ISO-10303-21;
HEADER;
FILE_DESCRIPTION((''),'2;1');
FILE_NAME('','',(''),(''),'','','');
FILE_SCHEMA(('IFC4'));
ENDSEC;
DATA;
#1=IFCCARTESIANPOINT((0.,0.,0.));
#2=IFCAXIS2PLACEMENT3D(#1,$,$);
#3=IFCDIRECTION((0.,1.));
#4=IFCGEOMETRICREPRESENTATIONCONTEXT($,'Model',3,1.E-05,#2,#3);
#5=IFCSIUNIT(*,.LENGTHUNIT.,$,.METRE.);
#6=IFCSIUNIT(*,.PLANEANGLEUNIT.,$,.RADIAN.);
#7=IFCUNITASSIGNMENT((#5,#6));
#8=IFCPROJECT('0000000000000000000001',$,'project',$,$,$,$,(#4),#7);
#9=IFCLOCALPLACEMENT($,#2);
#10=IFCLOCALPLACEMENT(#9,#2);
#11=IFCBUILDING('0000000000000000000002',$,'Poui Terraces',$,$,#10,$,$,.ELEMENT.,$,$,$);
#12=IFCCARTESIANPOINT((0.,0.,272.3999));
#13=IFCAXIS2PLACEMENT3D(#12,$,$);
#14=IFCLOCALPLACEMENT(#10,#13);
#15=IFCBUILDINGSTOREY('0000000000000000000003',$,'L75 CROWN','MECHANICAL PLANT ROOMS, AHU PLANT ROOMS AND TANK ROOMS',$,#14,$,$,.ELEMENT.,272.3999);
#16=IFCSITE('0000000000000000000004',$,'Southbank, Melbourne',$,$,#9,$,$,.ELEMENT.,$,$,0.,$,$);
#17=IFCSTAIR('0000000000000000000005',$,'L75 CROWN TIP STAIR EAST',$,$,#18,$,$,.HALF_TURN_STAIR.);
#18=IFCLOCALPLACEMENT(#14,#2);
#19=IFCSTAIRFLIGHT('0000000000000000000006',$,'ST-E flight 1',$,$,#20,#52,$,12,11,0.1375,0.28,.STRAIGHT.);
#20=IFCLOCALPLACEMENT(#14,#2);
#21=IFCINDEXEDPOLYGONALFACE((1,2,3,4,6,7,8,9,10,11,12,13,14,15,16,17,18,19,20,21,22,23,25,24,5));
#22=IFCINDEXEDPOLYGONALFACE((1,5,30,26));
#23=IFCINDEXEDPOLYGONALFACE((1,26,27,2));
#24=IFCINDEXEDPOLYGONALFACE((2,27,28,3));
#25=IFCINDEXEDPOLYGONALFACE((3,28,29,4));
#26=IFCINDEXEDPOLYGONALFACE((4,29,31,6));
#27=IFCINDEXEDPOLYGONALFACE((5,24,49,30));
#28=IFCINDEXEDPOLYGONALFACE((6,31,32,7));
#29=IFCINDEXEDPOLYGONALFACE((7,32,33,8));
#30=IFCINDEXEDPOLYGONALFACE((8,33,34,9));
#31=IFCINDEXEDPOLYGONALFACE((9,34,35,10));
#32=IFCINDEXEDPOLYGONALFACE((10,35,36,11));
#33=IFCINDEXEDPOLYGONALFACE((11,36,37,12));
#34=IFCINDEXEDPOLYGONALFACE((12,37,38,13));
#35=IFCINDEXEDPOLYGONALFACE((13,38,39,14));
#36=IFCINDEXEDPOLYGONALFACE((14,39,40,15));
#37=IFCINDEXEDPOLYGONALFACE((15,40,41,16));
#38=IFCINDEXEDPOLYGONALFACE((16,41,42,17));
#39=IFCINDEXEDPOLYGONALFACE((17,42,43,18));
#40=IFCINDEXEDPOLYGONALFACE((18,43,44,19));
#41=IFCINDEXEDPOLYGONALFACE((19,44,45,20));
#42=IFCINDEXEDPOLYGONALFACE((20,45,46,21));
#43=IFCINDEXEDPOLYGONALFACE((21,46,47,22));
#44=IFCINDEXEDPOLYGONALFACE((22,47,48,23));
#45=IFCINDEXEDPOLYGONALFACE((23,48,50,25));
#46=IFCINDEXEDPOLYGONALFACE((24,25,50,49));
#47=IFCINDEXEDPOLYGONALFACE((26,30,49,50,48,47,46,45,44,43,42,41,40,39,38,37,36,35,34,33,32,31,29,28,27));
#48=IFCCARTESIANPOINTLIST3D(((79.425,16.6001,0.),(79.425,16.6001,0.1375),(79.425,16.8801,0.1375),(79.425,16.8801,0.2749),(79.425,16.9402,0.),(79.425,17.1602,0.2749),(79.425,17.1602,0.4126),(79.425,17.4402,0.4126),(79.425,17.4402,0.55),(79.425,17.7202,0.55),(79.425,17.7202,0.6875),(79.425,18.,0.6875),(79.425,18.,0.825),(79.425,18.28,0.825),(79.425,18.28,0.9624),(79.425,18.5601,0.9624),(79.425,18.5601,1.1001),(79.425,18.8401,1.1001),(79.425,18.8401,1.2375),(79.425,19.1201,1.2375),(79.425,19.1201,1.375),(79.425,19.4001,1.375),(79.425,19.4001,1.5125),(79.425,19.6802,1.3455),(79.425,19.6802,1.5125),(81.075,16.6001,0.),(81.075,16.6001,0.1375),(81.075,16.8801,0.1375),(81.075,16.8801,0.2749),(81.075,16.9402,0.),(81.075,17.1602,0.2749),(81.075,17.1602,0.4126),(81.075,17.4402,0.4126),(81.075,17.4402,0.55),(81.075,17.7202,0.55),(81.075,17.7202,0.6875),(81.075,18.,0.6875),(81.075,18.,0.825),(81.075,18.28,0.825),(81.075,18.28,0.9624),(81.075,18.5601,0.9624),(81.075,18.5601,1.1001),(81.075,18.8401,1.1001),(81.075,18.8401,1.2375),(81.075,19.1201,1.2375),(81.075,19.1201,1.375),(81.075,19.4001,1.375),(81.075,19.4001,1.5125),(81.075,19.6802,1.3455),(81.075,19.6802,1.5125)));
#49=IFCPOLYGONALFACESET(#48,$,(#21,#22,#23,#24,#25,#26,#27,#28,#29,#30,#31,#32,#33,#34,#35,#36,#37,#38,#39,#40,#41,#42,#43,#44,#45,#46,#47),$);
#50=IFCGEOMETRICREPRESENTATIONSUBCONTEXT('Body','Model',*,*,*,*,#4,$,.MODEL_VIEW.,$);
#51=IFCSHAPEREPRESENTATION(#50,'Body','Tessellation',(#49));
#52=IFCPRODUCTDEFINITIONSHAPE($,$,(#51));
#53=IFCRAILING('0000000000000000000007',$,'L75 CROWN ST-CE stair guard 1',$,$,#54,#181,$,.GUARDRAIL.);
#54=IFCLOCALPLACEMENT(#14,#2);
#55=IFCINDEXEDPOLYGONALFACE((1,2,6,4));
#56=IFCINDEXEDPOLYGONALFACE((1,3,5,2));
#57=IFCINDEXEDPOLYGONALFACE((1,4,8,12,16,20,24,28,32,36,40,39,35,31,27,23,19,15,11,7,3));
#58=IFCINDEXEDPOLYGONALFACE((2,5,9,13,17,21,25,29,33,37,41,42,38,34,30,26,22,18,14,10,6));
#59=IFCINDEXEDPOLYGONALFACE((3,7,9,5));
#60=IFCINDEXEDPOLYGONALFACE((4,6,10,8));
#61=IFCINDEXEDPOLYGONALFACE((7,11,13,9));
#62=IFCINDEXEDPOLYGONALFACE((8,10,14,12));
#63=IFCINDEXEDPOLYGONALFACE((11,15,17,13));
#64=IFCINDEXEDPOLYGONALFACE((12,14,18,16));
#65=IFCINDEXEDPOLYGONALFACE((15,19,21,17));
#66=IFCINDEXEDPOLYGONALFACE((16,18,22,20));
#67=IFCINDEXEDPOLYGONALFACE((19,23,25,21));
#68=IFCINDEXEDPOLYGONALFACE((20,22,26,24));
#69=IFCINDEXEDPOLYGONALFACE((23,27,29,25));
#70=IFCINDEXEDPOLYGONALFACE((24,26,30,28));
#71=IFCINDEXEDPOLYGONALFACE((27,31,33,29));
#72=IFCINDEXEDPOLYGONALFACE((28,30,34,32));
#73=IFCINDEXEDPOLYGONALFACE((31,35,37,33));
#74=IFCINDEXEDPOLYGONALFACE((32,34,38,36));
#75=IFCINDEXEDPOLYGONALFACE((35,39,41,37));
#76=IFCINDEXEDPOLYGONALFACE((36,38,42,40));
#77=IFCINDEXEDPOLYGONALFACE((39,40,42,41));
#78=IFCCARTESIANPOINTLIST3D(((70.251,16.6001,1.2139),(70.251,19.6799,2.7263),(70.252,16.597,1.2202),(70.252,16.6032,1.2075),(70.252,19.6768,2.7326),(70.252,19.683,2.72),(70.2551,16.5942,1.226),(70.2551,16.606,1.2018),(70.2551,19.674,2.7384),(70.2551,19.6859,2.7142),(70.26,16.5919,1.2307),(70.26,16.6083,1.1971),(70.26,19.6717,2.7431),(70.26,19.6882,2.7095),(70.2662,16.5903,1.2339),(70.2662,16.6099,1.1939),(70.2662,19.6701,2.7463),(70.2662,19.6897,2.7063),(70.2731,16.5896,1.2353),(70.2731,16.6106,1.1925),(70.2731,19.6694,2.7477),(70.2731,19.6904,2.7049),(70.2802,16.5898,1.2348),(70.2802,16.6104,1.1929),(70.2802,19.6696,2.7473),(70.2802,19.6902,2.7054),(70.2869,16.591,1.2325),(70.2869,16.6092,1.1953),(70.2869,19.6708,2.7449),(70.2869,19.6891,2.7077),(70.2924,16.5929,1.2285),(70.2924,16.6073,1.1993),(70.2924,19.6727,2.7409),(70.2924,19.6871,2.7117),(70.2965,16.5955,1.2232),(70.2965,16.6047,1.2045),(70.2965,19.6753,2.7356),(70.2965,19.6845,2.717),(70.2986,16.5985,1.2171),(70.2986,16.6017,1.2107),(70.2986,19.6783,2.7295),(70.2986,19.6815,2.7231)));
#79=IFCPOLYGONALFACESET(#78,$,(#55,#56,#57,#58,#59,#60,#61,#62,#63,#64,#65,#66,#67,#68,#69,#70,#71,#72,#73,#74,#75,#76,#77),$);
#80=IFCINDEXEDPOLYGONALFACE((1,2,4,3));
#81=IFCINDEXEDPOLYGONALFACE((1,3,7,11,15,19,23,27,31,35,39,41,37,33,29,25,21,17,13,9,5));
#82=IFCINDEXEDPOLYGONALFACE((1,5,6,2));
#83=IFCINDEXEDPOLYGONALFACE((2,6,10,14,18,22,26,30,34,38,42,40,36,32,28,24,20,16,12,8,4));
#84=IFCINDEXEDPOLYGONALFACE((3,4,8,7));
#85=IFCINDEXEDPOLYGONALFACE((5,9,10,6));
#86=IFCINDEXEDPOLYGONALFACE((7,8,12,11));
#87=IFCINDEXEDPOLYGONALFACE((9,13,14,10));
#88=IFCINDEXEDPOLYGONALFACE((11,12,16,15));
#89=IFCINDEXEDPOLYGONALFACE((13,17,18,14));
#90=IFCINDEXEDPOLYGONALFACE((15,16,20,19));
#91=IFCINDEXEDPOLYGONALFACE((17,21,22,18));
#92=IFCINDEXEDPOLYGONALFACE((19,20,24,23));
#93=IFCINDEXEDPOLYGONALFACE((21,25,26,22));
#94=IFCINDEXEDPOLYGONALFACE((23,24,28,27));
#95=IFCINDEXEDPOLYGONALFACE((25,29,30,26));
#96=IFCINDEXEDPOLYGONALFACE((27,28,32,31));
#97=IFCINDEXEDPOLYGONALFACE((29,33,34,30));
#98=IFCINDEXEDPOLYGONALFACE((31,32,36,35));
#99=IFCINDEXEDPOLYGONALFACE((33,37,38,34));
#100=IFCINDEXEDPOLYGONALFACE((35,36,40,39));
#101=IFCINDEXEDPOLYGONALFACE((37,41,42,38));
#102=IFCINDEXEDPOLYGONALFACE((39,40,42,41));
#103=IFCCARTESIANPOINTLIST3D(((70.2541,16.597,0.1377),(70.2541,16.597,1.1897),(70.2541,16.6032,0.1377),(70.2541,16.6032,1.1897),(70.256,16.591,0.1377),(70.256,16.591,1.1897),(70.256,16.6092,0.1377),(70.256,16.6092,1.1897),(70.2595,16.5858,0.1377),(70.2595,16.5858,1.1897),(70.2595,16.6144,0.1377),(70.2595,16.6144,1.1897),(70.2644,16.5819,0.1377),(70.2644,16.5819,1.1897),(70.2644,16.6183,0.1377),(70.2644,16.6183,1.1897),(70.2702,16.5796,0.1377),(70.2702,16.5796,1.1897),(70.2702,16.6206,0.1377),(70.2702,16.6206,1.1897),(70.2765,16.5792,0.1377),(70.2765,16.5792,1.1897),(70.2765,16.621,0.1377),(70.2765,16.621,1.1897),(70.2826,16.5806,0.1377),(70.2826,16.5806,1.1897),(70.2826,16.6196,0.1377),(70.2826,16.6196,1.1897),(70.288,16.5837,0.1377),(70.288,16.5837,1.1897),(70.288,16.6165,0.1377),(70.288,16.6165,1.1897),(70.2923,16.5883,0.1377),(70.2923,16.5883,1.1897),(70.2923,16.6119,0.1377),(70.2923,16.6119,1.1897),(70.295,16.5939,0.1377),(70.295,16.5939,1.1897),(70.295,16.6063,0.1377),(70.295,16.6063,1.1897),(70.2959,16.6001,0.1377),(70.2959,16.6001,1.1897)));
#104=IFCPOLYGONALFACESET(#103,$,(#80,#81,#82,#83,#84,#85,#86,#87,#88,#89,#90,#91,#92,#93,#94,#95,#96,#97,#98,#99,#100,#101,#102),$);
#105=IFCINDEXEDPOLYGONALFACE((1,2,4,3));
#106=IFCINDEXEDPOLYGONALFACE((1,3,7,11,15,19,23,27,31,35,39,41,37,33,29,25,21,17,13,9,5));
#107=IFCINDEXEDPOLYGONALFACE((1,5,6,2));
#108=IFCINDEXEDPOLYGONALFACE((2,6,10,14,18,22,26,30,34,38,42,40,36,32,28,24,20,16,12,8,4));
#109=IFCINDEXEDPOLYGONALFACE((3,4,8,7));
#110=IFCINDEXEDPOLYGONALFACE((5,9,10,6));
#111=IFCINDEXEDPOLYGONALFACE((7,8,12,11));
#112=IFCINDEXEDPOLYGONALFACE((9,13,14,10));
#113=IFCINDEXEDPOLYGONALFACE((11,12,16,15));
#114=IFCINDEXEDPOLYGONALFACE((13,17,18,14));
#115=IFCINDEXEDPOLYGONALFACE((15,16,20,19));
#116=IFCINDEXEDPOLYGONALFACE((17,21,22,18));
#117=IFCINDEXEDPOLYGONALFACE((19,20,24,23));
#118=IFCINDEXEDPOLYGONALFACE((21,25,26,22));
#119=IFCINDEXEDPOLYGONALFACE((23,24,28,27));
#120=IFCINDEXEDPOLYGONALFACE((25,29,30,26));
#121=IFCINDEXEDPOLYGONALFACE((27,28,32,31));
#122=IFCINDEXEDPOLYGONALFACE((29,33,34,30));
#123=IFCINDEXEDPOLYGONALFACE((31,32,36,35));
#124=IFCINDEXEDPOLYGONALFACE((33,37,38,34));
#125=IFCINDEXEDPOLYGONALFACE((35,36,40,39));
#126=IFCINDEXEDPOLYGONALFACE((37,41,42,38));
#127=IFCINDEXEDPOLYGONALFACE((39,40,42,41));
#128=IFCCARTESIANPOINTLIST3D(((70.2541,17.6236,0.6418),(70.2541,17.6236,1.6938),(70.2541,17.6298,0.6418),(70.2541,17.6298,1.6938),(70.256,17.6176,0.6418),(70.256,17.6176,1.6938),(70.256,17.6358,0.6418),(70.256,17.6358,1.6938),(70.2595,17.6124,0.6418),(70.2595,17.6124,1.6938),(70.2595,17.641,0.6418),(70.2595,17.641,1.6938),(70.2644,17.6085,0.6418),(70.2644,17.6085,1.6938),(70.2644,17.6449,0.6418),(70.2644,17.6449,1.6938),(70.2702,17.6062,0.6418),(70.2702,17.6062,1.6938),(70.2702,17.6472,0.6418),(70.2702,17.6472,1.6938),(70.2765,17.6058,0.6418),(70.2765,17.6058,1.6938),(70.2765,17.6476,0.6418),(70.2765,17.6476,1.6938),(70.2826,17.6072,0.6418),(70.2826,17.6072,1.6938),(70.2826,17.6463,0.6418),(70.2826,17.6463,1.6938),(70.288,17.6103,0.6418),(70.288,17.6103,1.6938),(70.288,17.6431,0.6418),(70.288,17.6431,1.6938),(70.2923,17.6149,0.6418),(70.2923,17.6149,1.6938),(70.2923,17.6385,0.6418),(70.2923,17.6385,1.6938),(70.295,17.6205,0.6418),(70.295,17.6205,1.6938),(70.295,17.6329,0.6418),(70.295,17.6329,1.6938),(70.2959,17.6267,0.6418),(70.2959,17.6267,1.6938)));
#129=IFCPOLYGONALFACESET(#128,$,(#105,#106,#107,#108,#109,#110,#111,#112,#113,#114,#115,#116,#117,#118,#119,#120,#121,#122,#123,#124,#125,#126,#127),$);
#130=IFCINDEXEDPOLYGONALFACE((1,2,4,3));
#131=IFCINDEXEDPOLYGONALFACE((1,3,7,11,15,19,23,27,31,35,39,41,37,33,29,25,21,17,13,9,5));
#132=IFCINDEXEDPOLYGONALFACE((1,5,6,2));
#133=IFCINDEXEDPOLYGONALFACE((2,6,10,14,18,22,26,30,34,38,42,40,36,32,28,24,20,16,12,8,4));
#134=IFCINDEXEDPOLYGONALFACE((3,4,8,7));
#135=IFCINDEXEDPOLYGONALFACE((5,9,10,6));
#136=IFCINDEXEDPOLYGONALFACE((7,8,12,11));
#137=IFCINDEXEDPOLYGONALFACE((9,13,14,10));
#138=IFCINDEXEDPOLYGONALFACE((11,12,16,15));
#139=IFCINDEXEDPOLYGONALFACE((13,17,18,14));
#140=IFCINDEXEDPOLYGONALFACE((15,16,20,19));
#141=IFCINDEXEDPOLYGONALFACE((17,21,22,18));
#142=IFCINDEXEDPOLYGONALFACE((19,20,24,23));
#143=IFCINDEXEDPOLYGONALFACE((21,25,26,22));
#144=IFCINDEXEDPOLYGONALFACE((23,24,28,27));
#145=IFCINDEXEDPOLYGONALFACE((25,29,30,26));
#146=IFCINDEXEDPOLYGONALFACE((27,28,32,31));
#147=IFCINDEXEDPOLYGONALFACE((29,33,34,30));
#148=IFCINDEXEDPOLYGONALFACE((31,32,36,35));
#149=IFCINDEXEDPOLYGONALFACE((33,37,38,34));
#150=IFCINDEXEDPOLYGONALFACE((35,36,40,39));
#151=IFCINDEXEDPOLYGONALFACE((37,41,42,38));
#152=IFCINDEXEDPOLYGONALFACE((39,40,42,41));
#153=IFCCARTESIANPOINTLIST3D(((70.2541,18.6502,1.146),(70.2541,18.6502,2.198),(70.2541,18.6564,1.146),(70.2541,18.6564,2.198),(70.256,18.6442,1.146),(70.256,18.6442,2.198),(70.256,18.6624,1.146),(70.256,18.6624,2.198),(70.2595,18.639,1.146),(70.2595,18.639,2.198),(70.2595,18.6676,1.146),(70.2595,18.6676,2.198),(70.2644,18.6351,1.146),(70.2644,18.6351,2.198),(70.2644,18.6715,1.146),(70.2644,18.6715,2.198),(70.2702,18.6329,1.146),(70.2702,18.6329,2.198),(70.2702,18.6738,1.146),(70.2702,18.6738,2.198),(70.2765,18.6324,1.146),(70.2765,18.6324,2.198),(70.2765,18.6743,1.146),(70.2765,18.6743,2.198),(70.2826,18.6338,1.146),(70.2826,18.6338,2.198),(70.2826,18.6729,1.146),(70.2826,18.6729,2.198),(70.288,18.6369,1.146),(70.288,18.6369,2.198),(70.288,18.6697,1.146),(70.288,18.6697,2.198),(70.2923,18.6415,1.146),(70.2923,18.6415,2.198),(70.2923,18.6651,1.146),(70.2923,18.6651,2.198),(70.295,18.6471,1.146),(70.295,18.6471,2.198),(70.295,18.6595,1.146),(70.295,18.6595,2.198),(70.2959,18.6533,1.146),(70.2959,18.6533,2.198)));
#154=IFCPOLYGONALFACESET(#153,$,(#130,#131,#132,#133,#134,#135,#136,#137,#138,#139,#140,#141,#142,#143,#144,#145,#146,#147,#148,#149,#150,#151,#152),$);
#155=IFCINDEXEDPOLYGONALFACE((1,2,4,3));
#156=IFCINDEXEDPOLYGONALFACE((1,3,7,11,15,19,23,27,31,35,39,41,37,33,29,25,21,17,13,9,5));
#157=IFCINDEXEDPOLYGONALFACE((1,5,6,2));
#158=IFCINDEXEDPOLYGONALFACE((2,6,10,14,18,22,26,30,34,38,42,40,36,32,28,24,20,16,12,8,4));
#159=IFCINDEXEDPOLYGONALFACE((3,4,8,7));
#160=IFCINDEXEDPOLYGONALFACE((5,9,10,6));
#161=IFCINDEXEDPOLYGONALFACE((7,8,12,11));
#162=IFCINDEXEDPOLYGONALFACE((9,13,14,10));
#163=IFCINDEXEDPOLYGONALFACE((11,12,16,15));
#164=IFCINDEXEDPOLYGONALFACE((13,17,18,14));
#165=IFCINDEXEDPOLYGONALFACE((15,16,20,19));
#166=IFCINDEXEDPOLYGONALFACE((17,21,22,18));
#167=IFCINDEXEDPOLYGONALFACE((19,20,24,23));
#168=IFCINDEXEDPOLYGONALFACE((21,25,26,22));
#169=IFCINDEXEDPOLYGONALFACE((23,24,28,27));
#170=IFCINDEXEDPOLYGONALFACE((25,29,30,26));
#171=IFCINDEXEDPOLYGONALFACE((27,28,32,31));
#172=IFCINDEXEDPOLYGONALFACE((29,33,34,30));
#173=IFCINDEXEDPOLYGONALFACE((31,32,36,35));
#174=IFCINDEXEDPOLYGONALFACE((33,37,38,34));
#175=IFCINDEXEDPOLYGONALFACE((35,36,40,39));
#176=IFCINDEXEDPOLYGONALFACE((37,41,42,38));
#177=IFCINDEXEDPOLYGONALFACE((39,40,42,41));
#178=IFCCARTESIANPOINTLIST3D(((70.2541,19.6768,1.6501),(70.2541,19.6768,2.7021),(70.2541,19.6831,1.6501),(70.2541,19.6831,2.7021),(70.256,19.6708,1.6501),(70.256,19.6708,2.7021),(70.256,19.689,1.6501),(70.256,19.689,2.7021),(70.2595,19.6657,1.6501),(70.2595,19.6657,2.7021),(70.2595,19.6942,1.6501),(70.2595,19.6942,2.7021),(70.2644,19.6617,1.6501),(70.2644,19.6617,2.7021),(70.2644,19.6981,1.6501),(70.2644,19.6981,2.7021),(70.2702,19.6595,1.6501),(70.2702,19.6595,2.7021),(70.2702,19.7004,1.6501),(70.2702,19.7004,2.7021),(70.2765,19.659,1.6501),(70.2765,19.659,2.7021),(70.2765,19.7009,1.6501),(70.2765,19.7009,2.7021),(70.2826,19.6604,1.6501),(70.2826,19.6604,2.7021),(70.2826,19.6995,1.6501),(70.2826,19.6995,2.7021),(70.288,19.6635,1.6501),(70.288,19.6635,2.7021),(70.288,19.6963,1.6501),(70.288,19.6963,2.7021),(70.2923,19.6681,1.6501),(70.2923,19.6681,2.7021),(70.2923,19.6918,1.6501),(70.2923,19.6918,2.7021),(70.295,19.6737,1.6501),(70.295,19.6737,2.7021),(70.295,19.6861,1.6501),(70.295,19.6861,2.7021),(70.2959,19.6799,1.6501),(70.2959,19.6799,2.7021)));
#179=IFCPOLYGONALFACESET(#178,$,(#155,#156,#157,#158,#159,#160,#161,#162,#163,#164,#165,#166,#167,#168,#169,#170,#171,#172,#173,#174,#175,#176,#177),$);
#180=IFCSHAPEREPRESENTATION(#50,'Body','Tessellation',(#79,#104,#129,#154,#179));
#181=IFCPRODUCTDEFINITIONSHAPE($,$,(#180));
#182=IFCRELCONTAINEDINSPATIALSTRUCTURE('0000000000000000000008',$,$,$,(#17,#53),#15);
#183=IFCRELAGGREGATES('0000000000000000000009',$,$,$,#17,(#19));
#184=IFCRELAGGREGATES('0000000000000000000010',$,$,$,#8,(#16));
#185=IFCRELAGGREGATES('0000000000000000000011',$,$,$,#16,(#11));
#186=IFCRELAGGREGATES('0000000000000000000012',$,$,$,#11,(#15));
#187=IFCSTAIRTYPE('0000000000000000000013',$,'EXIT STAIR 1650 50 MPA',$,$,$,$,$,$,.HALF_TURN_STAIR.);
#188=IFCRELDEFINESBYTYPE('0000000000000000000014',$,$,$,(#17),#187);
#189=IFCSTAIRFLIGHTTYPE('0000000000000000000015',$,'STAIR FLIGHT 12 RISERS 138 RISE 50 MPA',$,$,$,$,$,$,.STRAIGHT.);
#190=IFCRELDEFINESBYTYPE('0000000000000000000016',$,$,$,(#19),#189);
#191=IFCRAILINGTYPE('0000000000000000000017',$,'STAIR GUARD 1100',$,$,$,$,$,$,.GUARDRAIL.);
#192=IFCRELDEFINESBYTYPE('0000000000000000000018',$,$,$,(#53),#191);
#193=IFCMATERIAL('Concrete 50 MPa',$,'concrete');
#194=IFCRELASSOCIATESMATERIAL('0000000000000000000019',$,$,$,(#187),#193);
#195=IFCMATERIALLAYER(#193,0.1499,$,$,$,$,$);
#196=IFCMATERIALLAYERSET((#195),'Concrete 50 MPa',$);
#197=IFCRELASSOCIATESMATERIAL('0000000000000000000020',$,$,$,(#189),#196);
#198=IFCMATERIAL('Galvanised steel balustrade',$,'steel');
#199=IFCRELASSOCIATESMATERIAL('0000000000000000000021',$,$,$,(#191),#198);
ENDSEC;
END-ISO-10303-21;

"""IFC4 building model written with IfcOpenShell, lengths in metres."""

from ifc_helpers import new_model, si_unit, direction, frame, origin, origin_2d, place, context, subcontext, project, spatial, polyline, circle, outline, extrude, material, layer, layer_set, type_object, element, aggregate, save


model = new_model("IFC4")

# Units and contexts
model_context = context("Model", 3, precision=1e-05, world=origin(), true_north=direction((0.0, 1.0)))
body_context = subcontext(model_context, "Body", "Model", "MODEL_VIEW")
ifc_project = project(units=[si_unit("LENGTHUNIT", "METRE"), si_unit("PLANEANGLEUNIT", "RADIAN")], contexts=[model_context])

# Site, building, storey
site_placement = place(None, origin())
site = spatial("IfcSite", under=ifc_project, at=site_placement, Name="Southbank, Melbourne", CompositionType="ELEMENT", RefElevation=0.0)
building_placement = place(site_placement, origin())
building = spatial("IfcBuilding", under=site, at=building_placement, Name="Poui Terraces", CompositionType="ELEMENT")
storey_placement = place(building_placement, frame((0.0, 0.0, 272.3999)))
storey = spatial("IfcBuildingStorey", under=building, at=storey_placement, Name="L75 CROWN", Description="MECHANICAL PLANT ROOMS, AHU PLANT ROOMS AND TANK ROOMS", CompositionType="ELEMENT", Elevation=272.3999)

# Shared definitions
ifc_material_1 = material(Name="Concrete 50 MPa", Category="concrete")

# Stair, stair flight
stair_type = type_object("IfcStairType", Name="EXIT STAIR 1650 50 MPA", PredefinedType="HALF_TURN_STAIR", material=ifc_material_1)
ifc_layer_1 = layer(ifc_material_1, 0.1499)
ifc_layer_set_1 = layer_set([ifc_layer_1], Name="Concrete 50 MPa")
stair_flight_type = type_object("IfcStairFlightType", Name="STAIR FLIGHT 12 RISERS 138 RISE 50 MPA", PredefinedType="STRAIGHT", material=ifc_layer_set_1)
stair_1_placement = place(storey_placement, origin())
stair_1 = element("IfcStair", 1, at=stair_1_placement, inside=storey, type_object=stair_type, Name="L75 CROWN TIP STAIR EAST", PredefinedType="HALF_TURN_STAIR")
stair_flight_1_placement = place(storey_placement, frame((80.25, 16.6001, 0.0), z_axis=(0.0, 0.0, 1.0), x_axis=(0.0, 1.0, 0.0)))
stair_flight_1 = element("IfcStairFlight", 2, at=stair_flight_1_placement, type_object=stair_flight_type, Name="ST-E flight 1", NumberOfRisers=12, NumberOfTreads=11, PredefinedType="STRAIGHT", RiserHeight=0.1375, TreadLength=0.28, context=body_context, shape_type="SweptSolid", body=[
    extrude(outline(polyline([(0.0, 0.0), (0.0, 0.1375), (0.28, 0.1375), (0.28, 0.2749), (0.5601, 0.2749), (0.5601, 0.4126), (0.8401, 0.4126), (0.8401, 0.55), (1.1201, 0.55), (1.1201, 0.6875), (1.3999, 0.6875), (1.3999, 0.825), (1.6799, 0.825), (1.6799, 0.9624), (1.96, 0.9624), (1.96, 1.1001), (2.24, 1.1001), (2.24, 1.2375), (2.52, 1.2375), (2.52, 1.375), (2.8, 1.375), (2.8, 1.5125), (3.0801, 1.5125), (3.0801, 1.6499), (3.0801, 1.3455), (0.3401, 0.0), (0.0, 0.0)])), frame((0.0, 0.825, 0.0), z_axis=(0.0, -1.0, 0.0), x_axis=(1.0, 0.0, 0.0)), (0.0, 0.0, 1.0), 1.6499),
])
aggregate(stair_1, [stair_flight_1])

# Railing
ifc_material_2 = material(Name="Galvanised steel balustrade", Category="steel")
railing_type_1 = type_object("IfcRailingType", Name="STAIR GUARD 1100", PredefinedType="GUARDRAIL", material=ifc_material_2)
railing_1_placement = place(storey_placement, frame((70.2749, 16.6001, 0.1377)))
element("IfcRailing", 3, at=railing_1_placement, inside=storey, type_object=railing_type_1, Name="L75 CROWN ST-CE stair guard 1", PredefinedType="GUARDRAIL", context=body_context, shape_type="SweptSolid", body=[
    extrude(circle(Radius=0.0239, at=origin_2d()), frame((0.0, 0.0, 1.0762), z_axis=(0.0, 0.897606, 0.440798), x_axis=(-1.0, 0.0, 0.0)), (0.0, 0.0, 1.0), 3.4312),
    extrude(circle(Radius=0.021, at=origin_2d()), origin(), (0.0, 0.0, 1.0), 1.052),
    extrude(circle(Radius=0.021, at=origin_2d()), frame((0.0, 1.0266, 0.5042)), (0.0, 0.0, 1.0), 1.052),
    extrude(circle(Radius=0.021, at=origin_2d()), frame((0.0, 2.0532, 1.0083)), (0.0, 0.0, 1.0), 1.052),
    extrude(circle(Radius=0.021, at=origin_2d()), frame((0.0, 3.0798, 1.5125)), (0.0, 0.0, 1.0), 1.052),
])

save(model, "model.ifc")
